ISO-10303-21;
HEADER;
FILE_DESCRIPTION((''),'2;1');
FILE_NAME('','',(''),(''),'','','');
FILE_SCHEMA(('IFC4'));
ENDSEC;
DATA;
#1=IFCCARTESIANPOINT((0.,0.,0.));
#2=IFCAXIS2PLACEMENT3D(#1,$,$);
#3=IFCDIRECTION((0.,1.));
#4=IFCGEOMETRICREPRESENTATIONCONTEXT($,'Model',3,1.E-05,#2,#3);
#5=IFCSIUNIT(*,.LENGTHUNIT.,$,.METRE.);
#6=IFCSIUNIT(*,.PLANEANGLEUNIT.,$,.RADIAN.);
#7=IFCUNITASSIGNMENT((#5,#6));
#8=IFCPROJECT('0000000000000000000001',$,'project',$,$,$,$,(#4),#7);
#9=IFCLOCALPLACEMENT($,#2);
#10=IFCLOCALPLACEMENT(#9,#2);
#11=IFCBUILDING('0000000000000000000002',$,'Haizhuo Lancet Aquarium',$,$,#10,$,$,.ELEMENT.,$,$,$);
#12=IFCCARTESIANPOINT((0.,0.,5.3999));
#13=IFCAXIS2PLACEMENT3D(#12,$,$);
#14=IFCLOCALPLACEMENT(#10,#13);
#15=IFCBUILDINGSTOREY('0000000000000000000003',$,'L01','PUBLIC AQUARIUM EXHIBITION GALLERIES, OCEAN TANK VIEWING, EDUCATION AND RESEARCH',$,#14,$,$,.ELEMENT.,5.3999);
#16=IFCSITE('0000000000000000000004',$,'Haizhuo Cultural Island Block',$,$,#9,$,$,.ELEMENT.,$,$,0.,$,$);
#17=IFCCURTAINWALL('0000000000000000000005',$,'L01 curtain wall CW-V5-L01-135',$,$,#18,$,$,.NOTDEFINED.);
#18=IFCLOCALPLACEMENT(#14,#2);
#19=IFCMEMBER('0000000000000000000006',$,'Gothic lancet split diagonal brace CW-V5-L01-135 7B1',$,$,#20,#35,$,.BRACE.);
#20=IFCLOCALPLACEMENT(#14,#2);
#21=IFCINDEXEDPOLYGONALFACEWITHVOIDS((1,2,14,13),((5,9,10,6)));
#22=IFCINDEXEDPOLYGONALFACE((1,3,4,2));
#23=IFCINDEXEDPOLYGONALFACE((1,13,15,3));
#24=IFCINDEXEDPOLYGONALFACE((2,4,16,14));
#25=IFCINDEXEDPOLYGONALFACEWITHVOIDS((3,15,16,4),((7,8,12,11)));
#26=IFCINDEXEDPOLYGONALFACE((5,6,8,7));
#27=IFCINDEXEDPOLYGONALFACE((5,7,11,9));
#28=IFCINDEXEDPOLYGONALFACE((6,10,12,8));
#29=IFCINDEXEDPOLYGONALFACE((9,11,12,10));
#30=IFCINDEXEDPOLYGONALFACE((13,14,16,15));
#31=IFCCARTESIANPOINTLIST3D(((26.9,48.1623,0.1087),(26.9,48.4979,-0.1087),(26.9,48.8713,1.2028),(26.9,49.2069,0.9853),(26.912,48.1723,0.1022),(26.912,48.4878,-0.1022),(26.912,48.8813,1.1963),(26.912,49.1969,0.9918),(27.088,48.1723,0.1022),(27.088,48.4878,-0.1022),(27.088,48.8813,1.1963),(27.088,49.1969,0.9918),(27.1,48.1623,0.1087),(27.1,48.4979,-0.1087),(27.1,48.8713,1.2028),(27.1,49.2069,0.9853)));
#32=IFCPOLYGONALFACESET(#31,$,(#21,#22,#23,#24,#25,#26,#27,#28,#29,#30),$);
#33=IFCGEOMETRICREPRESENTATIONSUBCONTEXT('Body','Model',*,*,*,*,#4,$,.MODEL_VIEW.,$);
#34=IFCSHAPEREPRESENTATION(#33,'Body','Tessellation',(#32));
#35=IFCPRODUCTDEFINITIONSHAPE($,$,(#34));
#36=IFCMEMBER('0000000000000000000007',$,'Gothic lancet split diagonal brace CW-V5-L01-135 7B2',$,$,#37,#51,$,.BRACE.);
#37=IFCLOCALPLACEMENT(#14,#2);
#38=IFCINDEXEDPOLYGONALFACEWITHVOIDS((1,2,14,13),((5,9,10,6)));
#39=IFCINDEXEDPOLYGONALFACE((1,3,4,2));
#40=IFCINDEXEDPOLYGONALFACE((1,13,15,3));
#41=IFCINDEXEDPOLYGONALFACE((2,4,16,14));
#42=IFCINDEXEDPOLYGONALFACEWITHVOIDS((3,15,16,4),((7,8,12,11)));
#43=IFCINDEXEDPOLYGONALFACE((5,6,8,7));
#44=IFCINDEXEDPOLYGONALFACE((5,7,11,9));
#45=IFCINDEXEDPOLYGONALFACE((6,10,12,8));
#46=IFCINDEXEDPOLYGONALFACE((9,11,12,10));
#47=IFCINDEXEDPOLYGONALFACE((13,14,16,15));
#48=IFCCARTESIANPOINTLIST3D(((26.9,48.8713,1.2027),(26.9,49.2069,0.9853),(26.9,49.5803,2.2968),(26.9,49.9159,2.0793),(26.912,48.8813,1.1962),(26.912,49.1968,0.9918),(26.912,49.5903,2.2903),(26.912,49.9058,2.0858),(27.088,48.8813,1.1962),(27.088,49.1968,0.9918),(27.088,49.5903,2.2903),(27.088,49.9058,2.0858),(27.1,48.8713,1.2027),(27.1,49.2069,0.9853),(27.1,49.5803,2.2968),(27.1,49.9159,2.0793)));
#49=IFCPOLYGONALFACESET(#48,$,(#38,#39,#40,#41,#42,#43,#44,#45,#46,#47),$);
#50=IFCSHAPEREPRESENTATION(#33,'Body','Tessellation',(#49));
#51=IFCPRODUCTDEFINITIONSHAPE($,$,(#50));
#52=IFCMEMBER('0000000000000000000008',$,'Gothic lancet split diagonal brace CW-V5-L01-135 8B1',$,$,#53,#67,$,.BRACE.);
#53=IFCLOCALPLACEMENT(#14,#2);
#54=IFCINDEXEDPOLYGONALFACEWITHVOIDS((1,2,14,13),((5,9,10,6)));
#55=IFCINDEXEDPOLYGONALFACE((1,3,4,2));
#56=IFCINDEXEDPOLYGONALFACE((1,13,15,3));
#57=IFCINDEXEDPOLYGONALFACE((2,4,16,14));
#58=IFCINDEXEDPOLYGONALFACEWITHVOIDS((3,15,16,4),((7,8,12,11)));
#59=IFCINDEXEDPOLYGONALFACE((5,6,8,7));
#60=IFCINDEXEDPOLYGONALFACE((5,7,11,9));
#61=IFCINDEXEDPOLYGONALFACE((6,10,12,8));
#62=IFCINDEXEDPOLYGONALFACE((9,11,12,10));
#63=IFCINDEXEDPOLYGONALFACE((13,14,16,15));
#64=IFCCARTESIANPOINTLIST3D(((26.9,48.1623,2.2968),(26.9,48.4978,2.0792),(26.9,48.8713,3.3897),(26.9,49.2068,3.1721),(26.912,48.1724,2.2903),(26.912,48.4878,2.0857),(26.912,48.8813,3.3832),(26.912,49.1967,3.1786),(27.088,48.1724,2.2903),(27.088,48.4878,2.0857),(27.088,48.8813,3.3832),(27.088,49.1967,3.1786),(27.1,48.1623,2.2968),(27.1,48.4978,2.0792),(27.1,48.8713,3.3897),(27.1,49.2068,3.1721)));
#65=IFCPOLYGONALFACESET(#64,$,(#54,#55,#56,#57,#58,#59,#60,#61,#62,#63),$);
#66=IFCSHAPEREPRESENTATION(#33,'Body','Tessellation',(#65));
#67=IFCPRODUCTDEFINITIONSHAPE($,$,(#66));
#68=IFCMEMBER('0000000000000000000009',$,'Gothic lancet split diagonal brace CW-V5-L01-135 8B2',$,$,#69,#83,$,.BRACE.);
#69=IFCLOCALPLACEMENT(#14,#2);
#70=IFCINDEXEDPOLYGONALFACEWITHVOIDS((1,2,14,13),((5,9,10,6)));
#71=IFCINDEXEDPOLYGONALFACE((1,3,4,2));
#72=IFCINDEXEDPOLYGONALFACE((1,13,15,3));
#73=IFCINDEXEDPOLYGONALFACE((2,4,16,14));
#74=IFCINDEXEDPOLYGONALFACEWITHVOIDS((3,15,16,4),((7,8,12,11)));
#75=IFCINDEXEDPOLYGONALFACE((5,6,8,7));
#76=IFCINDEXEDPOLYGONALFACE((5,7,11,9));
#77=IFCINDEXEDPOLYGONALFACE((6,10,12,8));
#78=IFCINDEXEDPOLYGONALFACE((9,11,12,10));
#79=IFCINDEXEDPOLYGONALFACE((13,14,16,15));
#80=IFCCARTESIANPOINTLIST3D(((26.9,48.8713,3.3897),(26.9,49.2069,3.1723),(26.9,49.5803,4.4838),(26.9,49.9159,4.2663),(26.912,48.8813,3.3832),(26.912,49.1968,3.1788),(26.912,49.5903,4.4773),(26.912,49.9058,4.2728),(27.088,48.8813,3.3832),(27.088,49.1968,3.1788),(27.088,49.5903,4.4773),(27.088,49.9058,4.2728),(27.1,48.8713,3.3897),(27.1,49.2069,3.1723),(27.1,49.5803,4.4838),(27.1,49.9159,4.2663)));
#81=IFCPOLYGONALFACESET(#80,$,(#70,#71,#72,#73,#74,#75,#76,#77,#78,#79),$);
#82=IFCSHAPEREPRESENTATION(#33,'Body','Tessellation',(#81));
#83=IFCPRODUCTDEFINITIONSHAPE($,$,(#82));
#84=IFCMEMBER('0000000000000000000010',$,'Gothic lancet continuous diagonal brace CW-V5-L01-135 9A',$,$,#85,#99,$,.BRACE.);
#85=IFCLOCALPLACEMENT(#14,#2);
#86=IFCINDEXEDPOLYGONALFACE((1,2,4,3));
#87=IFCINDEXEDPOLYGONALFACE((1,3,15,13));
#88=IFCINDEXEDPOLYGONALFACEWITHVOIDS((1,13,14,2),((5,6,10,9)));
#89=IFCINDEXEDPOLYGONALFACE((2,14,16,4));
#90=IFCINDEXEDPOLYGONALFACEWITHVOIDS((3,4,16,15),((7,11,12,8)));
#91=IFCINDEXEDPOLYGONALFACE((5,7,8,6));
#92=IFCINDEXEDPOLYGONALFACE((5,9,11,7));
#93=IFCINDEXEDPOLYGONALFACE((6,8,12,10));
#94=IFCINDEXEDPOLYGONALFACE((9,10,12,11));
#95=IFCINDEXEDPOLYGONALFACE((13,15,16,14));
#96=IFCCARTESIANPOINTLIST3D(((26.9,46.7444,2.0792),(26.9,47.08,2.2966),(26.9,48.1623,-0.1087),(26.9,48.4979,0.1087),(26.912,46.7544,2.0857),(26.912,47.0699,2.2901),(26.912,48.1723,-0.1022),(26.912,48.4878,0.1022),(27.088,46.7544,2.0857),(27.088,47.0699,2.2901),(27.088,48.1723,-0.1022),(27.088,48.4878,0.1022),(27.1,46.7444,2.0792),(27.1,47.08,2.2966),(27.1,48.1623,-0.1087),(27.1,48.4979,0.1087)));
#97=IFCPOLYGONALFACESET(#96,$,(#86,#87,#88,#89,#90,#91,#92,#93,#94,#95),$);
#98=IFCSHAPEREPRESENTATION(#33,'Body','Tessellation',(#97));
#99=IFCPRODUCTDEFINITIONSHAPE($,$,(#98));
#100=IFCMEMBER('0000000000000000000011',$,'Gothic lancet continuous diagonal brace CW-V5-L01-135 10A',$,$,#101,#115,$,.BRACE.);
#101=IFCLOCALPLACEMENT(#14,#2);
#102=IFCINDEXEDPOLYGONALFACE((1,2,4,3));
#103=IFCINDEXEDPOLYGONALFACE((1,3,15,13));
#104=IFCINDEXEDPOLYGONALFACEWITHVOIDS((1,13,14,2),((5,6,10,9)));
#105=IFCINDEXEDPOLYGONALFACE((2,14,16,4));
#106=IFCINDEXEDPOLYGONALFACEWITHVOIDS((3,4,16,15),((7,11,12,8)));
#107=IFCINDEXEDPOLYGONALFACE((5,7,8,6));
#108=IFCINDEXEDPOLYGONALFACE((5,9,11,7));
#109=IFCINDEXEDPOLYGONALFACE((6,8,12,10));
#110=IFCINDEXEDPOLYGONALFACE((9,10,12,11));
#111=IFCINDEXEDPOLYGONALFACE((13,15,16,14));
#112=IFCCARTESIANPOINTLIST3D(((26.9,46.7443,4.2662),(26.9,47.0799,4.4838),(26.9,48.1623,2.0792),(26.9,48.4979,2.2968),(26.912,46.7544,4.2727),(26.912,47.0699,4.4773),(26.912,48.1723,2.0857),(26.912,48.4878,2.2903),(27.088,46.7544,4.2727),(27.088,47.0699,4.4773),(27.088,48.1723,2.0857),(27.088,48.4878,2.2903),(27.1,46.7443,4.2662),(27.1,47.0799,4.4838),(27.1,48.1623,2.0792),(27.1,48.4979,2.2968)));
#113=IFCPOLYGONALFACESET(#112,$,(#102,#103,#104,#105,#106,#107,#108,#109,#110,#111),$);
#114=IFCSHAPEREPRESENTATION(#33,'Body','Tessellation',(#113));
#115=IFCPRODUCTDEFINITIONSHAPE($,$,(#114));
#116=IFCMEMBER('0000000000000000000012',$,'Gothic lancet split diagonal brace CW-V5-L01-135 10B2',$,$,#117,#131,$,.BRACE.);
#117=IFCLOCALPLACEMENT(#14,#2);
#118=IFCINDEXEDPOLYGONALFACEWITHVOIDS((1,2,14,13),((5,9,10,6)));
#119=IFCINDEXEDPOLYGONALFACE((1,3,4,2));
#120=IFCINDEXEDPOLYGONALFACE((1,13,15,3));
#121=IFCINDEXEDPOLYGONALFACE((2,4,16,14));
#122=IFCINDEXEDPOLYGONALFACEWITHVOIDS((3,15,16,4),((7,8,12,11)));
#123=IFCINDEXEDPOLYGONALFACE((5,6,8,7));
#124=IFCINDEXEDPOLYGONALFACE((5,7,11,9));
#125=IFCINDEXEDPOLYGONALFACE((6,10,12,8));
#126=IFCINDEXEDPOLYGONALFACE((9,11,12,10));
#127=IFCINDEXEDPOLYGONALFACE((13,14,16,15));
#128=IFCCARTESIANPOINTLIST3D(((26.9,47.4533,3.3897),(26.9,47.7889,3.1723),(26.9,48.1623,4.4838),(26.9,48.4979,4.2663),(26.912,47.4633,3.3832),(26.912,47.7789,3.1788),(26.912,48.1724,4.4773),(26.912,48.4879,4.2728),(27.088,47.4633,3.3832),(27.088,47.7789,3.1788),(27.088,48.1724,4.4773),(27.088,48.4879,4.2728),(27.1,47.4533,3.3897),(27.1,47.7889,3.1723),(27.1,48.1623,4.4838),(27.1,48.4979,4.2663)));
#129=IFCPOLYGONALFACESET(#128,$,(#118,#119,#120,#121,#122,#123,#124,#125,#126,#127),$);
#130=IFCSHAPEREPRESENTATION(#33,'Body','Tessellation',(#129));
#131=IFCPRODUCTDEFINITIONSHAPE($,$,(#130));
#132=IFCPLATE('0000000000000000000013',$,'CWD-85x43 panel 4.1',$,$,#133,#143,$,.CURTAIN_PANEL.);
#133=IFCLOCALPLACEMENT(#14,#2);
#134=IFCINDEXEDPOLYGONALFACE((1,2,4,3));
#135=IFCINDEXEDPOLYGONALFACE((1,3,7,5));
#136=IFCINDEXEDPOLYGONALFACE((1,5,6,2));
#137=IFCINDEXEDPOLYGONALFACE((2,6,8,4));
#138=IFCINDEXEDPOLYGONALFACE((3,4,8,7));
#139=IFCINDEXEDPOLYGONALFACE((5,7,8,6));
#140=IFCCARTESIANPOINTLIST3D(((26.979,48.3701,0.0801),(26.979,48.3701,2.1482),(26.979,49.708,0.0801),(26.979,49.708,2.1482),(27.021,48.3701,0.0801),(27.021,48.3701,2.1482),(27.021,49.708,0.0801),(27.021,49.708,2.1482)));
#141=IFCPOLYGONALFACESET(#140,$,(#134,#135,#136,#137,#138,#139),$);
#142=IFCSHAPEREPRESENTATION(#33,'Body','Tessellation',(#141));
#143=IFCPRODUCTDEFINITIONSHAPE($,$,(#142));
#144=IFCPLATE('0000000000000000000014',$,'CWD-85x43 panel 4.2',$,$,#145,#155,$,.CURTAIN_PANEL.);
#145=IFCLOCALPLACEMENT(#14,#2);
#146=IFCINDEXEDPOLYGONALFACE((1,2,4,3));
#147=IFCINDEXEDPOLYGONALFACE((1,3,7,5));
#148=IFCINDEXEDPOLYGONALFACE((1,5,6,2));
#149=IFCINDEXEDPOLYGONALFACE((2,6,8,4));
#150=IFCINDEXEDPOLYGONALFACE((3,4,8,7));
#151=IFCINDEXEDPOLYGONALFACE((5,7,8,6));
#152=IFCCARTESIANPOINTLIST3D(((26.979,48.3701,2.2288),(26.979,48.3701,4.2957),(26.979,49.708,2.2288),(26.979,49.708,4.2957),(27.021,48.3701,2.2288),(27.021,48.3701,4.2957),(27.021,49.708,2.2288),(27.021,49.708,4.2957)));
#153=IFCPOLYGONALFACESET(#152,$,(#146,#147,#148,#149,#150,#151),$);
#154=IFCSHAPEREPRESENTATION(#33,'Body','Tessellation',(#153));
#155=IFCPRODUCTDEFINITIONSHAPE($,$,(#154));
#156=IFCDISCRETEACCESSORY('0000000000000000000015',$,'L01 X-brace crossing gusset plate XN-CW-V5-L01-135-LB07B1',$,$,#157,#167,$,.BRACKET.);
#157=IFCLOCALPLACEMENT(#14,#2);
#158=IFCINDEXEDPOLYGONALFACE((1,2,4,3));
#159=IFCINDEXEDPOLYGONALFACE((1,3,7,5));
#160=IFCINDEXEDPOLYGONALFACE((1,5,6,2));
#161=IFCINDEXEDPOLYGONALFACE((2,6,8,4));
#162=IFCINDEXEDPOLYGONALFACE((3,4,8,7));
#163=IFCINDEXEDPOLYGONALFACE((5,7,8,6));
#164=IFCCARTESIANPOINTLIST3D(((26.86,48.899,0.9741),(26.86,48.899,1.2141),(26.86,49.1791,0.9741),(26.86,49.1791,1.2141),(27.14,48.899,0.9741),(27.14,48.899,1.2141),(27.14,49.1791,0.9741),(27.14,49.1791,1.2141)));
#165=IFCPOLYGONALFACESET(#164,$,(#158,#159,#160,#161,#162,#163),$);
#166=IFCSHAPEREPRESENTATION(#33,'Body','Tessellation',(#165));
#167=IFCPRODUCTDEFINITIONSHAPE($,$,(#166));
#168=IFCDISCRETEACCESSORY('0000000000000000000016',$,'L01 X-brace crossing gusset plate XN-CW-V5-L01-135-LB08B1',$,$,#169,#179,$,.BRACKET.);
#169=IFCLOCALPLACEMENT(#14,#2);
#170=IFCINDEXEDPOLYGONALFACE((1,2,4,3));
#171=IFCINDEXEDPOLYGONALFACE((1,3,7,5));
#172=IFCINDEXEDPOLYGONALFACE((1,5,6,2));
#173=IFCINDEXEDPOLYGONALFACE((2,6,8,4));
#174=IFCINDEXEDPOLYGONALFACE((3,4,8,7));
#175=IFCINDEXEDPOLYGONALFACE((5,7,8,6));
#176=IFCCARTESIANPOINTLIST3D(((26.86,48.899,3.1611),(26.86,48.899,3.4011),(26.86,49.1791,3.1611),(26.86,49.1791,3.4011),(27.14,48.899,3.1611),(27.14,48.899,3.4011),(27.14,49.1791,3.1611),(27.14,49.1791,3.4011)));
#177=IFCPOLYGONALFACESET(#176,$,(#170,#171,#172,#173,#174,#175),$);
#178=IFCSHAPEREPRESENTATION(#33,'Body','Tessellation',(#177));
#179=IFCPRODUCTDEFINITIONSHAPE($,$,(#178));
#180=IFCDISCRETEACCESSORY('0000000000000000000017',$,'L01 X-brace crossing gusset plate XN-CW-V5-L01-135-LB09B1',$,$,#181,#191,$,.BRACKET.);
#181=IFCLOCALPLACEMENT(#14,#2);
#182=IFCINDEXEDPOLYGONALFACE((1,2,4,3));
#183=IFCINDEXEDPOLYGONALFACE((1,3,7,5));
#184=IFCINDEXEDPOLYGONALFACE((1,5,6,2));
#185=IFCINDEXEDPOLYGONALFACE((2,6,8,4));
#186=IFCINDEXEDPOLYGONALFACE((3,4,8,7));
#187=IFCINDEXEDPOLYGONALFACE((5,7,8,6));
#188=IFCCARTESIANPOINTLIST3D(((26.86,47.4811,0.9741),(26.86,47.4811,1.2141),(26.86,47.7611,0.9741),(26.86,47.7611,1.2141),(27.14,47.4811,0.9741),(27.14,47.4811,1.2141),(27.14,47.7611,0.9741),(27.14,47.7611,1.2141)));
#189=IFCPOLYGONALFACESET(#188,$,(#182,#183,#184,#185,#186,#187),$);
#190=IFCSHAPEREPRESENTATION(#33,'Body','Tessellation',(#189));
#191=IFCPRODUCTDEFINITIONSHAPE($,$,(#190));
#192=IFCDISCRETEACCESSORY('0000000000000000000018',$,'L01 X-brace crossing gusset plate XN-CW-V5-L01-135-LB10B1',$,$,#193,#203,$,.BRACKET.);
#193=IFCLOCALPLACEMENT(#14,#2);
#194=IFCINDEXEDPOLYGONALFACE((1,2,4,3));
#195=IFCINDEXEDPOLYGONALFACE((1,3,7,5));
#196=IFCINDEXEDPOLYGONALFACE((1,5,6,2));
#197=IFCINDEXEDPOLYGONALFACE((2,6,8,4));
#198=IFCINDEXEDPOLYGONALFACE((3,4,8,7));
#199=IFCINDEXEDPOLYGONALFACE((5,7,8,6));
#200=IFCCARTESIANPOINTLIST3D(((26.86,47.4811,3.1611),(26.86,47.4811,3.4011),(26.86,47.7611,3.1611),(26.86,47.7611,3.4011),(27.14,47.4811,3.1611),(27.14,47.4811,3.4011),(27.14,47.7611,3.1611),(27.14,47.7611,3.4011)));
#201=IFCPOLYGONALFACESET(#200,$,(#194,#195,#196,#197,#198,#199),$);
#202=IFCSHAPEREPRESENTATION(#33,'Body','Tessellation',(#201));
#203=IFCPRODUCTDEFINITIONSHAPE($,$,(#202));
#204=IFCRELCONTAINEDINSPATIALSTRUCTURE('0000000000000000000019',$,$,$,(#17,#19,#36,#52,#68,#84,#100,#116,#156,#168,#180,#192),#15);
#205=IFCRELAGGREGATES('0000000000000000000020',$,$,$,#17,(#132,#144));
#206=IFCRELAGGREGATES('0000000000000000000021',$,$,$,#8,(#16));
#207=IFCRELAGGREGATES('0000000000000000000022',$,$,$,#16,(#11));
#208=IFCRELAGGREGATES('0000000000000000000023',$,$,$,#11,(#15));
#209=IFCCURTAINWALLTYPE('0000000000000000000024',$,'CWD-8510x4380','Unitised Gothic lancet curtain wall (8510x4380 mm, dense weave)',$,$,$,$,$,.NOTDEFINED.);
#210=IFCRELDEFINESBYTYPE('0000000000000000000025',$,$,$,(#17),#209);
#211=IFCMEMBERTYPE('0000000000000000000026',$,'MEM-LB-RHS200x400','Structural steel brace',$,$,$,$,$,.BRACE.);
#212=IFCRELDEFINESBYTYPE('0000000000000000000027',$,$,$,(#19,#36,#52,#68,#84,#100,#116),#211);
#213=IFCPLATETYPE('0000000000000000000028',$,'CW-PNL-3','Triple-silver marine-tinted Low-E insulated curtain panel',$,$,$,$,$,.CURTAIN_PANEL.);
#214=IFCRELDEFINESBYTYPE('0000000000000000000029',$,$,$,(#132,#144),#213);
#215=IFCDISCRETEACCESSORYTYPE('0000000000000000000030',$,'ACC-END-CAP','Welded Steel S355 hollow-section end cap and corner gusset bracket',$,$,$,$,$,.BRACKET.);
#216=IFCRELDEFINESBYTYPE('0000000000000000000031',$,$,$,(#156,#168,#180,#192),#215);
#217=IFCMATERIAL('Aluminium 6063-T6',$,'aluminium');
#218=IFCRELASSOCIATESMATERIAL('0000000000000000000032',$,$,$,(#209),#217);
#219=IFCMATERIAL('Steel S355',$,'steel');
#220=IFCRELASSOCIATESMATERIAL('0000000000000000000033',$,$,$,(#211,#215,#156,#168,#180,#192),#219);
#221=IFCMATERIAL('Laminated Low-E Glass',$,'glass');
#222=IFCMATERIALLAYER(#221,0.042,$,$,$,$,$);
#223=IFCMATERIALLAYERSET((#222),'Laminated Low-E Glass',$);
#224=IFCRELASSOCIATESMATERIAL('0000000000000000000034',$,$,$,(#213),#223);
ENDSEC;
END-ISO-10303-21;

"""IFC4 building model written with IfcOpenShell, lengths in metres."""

from ifc_helpers import new_model, si_unit, direction, frame, origin, origin_2d, place, context, subcontext, project, spatial, rectangle, hollow_rectangle, extrude, material, layer, layer_set, material_profile, profile_set, type_object, element, aggregate, save


model = new_model("IFC4")

# Units and contexts
model_context = context("Model", 3, precision=1e-05, world=origin(), true_north=direction((0.0, 1.0)))
body_context = subcontext(model_context, "Body", "Model", "MODEL_VIEW")
ifc_project = project(units=[si_unit("LENGTHUNIT", "METRE"), si_unit("PLANEANGLEUNIT", "RADIAN")], contexts=[model_context])

# Site, building, storey
site_placement = place(None, origin())
site = spatial("IfcSite", under=ifc_project, at=site_placement, Name="Haizhuo Cultural Island Block", CompositionType="ELEMENT", RefElevation=0.0)
building_placement = place(site_placement, origin())
building = spatial("IfcBuilding", under=site, at=building_placement, Name="Haizhuo Lancet Aquarium", CompositionType="ELEMENT")
storey_placement = place(building_placement, frame((0.0, 0.0, 5.3999)))
storey = spatial("IfcBuildingStorey", under=building, at=storey_placement, Name="L01", Description="PUBLIC AQUARIUM EXHIBITION GALLERIES, OCEAN TANK VIEWING, EDUCATION AND RESEARCH", CompositionType="ELEMENT", Elevation=5.3999)

# Curtain wall
ifc_material_1 = material(Name="Aluminium 6063-T6", Category="aluminium")
curtain_wall_type = type_object("IfcCurtainWallType", Name="CWD-8510x4380", Description="Unitised Gothic lancet curtain wall (8510x4380 mm, dense weave)", PredefinedType="NOTDEFINED", material=ifc_material_1)
curtain_wall_placement = place(storey_placement, origin())
curtain_wall = element("IfcCurtainWall", 1, at=curtain_wall_placement, inside=storey, type_object=curtain_wall_type, Name="L01 curtain wall CW-V5-L01-135", PredefinedType="NOTDEFINED")

# Members
ifc_material_2 = material(Name="Steel S355", Category="steel")
ifc_material_profile_1 = material_profile(ifc_material_2, hollow_rectangle(XDim=0.2, YDim=0.3999, WallThickness=0.012, at=origin_2d()), Name="RHS 200x400x12")
ifc_profile_set_1 = profile_set([ifc_material_profile_1], Name="Steel S355")
member_type_1 = type_object("IfcMemberType", Name="MEM-LB-RHS200x400", Description="Structural steel brace", PredefinedType="BRACE", material=ifc_profile_set_1)
for number, where, z_axis, x_axis, name in (
    (2, (27.0, 48.3301, 0.0), (0.0, 0.543849, 0.839183), (-1.0, 0.0, 0.0), "Gothic lancet split diagonal brace CW-V5-L01-135 7B1"),
    (3, (27.0, 49.0391, 1.094), (0.0, 0.543849, 0.839183), (-1.0, 0.0, 0.0), "Gothic lancet split diagonal brace CW-V5-L01-135 7B2"),
):
    element("IfcMember", number, at=place(storey_placement, frame(where, z_axis=z_axis, x_axis=x_axis)), inside=storey, type_object=member_type_1, Name=name, PredefinedType="BRACE", context=body_context, shape_type="SweptSolid", body=[
        extrude(hollow_rectangle(XDim=0.2, YDim=0.3999, WallThickness=0.012, at=origin_2d()), origin(), (0.0, 0.0, 1.0), 1.3037),
    ])
member_1_placement = place(storey_placement, frame((27.0, 48.3301, 2.188), z_axis=(0.0, 0.544191, 0.838961), x_axis=(-1.0, 0.0, 0.0)))
element("IfcMember", 4, at=member_1_placement, inside=storey, type_object=member_type_1, Name="Gothic lancet split diagonal brace CW-V5-L01-135 8B1", PredefinedType="BRACE", context=body_context, shape_type="SweptSolid", body=[
    extrude(hollow_rectangle(XDim=0.2, YDim=0.3999, WallThickness=0.012, at=origin_2d()), origin(), (0.0, 0.0, 1.0), 1.3027),
])
member_2_placement = place(storey_placement, frame((27.0, 49.0391, 3.281), z_axis=(0.0, 0.543849, 0.839183), x_axis=(-1.0, 0.0, 0.0)))
element("IfcMember", 5, at=member_2_placement, inside=storey, type_object=member_type_1, Name="Gothic lancet split diagonal brace CW-V5-L01-135 8B2", PredefinedType="BRACE", context=body_context, shape_type="SweptSolid", body=[
    extrude(hollow_rectangle(XDim=0.2, YDim=0.3999, WallThickness=0.012, at=origin_2d()), origin(), (0.0, 0.0, 1.0), 1.3037),
])
member_3_placement = place(storey_placement, frame((27.0, 48.3301, 0.0), z_axis=(0.0, -0.543849, 0.839183), x_axis=(1.0, 0.0, 0.0)))
element("IfcMember", 6, at=member_3_placement, inside=storey, type_object=member_type_1, Name="Gothic lancet continuous diagonal brace CW-V5-L01-135 9A", PredefinedType="BRACE", context=body_context, shape_type="SweptSolid", body=[
    extrude(hollow_rectangle(XDim=0.2, YDim=0.3999, WallThickness=0.012, at=origin_2d()), origin(), (0.0, 0.0, 1.0), 2.6072),
])
member_4_placement = place(storey_placement, frame((27.0, 48.3301, 2.188), z_axis=(0.0, -0.54402, 0.839072), x_axis=(1.0, 0.0, 0.0)))
element("IfcMember", 7, at=member_4_placement, inside=storey, type_object=member_type_1, Name="Gothic lancet continuous diagonal brace CW-V5-L01-135 10A", PredefinedType="BRACE", context=body_context, shape_type="SweptSolid", body=[
    extrude(hollow_rectangle(XDim=0.2, YDim=0.3999, WallThickness=0.012, at=origin_2d()), origin(), (0.0, 0.0, 1.0), 2.6064),
])
member_5_placement = place(storey_placement, frame((27.0, 47.6211, 3.281), z_axis=(0.0, 0.543849, 0.839183), x_axis=(-1.0, 0.0, 0.0)))
element("IfcMember", 8, at=member_5_placement, inside=storey, type_object=member_type_1, Name="Gothic lancet split diagonal brace CW-V5-L01-135 10B2", PredefinedType="BRACE", context=body_context, shape_type="SweptSolid", body=[
    extrude(hollow_rectangle(XDim=0.2, YDim=0.3999, WallThickness=0.012, at=origin_2d()), origin(), (0.0, 0.0, 1.0), 1.3037),
])

# Plates
ifc_material_3 = material(Name="Laminated Low-E Glass", Category="glass")
ifc_layer = layer(ifc_material_3, 0.042)
ifc_layer_set = layer_set([ifc_layer], Name="Laminated Low-E Glass")
plate_type = type_object("IfcPlateType", Name="CW-PNL-3", Description="Triple-silver marine-tinted Low-E insulated curtain panel", PredefinedType="CURTAIN_PANEL", material=ifc_layer_set)
plate_1_placement = place(storey_placement, frame((27.0, 49.0391, 0.0801), z_axis=(0.0, 0.0, 1.0), x_axis=(0.0, -1.0, 0.0)))
plate_1 = element("IfcPlate", 9, at=plate_1_placement, type_object=plate_type, Name="CWD-85x43 panel 4.1", PredefinedType="CURTAIN_PANEL", context=body_context, shape_type="SweptSolid", body=[
    extrude(rectangle(XDim=1.3379, YDim=0.042, at=origin_2d()), origin(), (0.0, 0.0, 1.0), 2.0681),
])
plate_2_placement = place(storey_placement, frame((27.0, 49.0391, 2.2288), z_axis=(0.0, 0.0, 1.0), x_axis=(0.0, -1.0, 0.0)))
plate_2 = element("IfcPlate", 10, at=plate_2_placement, type_object=plate_type, Name="CWD-85x43 panel 4.2", PredefinedType="CURTAIN_PANEL", context=body_context, shape_type="SweptSolid", body=[
    extrude(rectangle(XDim=1.3379, YDim=0.042, at=origin_2d()), origin(), (0.0, 0.0, 1.0), 2.0669),
])
aggregate(curtain_wall, [plate_1, plate_2])

# Discrete accessories
discrete_accessory_type = type_object("IfcDiscreteAccessoryType", Name="ACC-END-CAP", Description="Welded Steel S355 hollow-section end cap and corner gusset bracket", PredefinedType="BRACKET", material=ifc_material_2)
for number, where, z_axis, x_axis, name in (
    (11, (27.0, 49.0391, 0.9741), (0.0, 0.0, 1.0), (1.0, 0.0, 0.0), "L01 X-brace crossing gusset plate XN-CW-V5-L01-135-LB07B1"),
    (12, (27.0, 49.0391, 3.1611), (0.0, 0.0, 1.0), (1.0, 0.0, 0.0), "L01 X-brace crossing gusset plate XN-CW-V5-L01-135-LB08B1"),
    (13, (27.0, 47.6211, 0.9741), (0.0, 0.0, 1.0), (1.0, 0.0, 0.0), "L01 X-brace crossing gusset plate XN-CW-V5-L01-135-LB09B1"),
    (14, (27.0, 47.6211, 3.1611), (0.0, 0.0, 1.0), (1.0, 0.0, 0.0), "L01 X-brace crossing gusset plate XN-CW-V5-L01-135-LB10B1"),
):
    element("IfcDiscreteAccessory", number, at=place(storey_placement, frame(where, z_axis=z_axis, x_axis=x_axis)), inside=storey, type_object=discrete_accessory_type, material=ifc_material_2, Name=name, PredefinedType="BRACKET", context=body_context, shape_type="SweptSolid", body=[
        extrude(rectangle(XDim=0.28, YDim=0.28, at=origin_2d()), origin(), (0.0, 0.0, 1.0), 0.24),
    ])

save(model, "model.ifc")
